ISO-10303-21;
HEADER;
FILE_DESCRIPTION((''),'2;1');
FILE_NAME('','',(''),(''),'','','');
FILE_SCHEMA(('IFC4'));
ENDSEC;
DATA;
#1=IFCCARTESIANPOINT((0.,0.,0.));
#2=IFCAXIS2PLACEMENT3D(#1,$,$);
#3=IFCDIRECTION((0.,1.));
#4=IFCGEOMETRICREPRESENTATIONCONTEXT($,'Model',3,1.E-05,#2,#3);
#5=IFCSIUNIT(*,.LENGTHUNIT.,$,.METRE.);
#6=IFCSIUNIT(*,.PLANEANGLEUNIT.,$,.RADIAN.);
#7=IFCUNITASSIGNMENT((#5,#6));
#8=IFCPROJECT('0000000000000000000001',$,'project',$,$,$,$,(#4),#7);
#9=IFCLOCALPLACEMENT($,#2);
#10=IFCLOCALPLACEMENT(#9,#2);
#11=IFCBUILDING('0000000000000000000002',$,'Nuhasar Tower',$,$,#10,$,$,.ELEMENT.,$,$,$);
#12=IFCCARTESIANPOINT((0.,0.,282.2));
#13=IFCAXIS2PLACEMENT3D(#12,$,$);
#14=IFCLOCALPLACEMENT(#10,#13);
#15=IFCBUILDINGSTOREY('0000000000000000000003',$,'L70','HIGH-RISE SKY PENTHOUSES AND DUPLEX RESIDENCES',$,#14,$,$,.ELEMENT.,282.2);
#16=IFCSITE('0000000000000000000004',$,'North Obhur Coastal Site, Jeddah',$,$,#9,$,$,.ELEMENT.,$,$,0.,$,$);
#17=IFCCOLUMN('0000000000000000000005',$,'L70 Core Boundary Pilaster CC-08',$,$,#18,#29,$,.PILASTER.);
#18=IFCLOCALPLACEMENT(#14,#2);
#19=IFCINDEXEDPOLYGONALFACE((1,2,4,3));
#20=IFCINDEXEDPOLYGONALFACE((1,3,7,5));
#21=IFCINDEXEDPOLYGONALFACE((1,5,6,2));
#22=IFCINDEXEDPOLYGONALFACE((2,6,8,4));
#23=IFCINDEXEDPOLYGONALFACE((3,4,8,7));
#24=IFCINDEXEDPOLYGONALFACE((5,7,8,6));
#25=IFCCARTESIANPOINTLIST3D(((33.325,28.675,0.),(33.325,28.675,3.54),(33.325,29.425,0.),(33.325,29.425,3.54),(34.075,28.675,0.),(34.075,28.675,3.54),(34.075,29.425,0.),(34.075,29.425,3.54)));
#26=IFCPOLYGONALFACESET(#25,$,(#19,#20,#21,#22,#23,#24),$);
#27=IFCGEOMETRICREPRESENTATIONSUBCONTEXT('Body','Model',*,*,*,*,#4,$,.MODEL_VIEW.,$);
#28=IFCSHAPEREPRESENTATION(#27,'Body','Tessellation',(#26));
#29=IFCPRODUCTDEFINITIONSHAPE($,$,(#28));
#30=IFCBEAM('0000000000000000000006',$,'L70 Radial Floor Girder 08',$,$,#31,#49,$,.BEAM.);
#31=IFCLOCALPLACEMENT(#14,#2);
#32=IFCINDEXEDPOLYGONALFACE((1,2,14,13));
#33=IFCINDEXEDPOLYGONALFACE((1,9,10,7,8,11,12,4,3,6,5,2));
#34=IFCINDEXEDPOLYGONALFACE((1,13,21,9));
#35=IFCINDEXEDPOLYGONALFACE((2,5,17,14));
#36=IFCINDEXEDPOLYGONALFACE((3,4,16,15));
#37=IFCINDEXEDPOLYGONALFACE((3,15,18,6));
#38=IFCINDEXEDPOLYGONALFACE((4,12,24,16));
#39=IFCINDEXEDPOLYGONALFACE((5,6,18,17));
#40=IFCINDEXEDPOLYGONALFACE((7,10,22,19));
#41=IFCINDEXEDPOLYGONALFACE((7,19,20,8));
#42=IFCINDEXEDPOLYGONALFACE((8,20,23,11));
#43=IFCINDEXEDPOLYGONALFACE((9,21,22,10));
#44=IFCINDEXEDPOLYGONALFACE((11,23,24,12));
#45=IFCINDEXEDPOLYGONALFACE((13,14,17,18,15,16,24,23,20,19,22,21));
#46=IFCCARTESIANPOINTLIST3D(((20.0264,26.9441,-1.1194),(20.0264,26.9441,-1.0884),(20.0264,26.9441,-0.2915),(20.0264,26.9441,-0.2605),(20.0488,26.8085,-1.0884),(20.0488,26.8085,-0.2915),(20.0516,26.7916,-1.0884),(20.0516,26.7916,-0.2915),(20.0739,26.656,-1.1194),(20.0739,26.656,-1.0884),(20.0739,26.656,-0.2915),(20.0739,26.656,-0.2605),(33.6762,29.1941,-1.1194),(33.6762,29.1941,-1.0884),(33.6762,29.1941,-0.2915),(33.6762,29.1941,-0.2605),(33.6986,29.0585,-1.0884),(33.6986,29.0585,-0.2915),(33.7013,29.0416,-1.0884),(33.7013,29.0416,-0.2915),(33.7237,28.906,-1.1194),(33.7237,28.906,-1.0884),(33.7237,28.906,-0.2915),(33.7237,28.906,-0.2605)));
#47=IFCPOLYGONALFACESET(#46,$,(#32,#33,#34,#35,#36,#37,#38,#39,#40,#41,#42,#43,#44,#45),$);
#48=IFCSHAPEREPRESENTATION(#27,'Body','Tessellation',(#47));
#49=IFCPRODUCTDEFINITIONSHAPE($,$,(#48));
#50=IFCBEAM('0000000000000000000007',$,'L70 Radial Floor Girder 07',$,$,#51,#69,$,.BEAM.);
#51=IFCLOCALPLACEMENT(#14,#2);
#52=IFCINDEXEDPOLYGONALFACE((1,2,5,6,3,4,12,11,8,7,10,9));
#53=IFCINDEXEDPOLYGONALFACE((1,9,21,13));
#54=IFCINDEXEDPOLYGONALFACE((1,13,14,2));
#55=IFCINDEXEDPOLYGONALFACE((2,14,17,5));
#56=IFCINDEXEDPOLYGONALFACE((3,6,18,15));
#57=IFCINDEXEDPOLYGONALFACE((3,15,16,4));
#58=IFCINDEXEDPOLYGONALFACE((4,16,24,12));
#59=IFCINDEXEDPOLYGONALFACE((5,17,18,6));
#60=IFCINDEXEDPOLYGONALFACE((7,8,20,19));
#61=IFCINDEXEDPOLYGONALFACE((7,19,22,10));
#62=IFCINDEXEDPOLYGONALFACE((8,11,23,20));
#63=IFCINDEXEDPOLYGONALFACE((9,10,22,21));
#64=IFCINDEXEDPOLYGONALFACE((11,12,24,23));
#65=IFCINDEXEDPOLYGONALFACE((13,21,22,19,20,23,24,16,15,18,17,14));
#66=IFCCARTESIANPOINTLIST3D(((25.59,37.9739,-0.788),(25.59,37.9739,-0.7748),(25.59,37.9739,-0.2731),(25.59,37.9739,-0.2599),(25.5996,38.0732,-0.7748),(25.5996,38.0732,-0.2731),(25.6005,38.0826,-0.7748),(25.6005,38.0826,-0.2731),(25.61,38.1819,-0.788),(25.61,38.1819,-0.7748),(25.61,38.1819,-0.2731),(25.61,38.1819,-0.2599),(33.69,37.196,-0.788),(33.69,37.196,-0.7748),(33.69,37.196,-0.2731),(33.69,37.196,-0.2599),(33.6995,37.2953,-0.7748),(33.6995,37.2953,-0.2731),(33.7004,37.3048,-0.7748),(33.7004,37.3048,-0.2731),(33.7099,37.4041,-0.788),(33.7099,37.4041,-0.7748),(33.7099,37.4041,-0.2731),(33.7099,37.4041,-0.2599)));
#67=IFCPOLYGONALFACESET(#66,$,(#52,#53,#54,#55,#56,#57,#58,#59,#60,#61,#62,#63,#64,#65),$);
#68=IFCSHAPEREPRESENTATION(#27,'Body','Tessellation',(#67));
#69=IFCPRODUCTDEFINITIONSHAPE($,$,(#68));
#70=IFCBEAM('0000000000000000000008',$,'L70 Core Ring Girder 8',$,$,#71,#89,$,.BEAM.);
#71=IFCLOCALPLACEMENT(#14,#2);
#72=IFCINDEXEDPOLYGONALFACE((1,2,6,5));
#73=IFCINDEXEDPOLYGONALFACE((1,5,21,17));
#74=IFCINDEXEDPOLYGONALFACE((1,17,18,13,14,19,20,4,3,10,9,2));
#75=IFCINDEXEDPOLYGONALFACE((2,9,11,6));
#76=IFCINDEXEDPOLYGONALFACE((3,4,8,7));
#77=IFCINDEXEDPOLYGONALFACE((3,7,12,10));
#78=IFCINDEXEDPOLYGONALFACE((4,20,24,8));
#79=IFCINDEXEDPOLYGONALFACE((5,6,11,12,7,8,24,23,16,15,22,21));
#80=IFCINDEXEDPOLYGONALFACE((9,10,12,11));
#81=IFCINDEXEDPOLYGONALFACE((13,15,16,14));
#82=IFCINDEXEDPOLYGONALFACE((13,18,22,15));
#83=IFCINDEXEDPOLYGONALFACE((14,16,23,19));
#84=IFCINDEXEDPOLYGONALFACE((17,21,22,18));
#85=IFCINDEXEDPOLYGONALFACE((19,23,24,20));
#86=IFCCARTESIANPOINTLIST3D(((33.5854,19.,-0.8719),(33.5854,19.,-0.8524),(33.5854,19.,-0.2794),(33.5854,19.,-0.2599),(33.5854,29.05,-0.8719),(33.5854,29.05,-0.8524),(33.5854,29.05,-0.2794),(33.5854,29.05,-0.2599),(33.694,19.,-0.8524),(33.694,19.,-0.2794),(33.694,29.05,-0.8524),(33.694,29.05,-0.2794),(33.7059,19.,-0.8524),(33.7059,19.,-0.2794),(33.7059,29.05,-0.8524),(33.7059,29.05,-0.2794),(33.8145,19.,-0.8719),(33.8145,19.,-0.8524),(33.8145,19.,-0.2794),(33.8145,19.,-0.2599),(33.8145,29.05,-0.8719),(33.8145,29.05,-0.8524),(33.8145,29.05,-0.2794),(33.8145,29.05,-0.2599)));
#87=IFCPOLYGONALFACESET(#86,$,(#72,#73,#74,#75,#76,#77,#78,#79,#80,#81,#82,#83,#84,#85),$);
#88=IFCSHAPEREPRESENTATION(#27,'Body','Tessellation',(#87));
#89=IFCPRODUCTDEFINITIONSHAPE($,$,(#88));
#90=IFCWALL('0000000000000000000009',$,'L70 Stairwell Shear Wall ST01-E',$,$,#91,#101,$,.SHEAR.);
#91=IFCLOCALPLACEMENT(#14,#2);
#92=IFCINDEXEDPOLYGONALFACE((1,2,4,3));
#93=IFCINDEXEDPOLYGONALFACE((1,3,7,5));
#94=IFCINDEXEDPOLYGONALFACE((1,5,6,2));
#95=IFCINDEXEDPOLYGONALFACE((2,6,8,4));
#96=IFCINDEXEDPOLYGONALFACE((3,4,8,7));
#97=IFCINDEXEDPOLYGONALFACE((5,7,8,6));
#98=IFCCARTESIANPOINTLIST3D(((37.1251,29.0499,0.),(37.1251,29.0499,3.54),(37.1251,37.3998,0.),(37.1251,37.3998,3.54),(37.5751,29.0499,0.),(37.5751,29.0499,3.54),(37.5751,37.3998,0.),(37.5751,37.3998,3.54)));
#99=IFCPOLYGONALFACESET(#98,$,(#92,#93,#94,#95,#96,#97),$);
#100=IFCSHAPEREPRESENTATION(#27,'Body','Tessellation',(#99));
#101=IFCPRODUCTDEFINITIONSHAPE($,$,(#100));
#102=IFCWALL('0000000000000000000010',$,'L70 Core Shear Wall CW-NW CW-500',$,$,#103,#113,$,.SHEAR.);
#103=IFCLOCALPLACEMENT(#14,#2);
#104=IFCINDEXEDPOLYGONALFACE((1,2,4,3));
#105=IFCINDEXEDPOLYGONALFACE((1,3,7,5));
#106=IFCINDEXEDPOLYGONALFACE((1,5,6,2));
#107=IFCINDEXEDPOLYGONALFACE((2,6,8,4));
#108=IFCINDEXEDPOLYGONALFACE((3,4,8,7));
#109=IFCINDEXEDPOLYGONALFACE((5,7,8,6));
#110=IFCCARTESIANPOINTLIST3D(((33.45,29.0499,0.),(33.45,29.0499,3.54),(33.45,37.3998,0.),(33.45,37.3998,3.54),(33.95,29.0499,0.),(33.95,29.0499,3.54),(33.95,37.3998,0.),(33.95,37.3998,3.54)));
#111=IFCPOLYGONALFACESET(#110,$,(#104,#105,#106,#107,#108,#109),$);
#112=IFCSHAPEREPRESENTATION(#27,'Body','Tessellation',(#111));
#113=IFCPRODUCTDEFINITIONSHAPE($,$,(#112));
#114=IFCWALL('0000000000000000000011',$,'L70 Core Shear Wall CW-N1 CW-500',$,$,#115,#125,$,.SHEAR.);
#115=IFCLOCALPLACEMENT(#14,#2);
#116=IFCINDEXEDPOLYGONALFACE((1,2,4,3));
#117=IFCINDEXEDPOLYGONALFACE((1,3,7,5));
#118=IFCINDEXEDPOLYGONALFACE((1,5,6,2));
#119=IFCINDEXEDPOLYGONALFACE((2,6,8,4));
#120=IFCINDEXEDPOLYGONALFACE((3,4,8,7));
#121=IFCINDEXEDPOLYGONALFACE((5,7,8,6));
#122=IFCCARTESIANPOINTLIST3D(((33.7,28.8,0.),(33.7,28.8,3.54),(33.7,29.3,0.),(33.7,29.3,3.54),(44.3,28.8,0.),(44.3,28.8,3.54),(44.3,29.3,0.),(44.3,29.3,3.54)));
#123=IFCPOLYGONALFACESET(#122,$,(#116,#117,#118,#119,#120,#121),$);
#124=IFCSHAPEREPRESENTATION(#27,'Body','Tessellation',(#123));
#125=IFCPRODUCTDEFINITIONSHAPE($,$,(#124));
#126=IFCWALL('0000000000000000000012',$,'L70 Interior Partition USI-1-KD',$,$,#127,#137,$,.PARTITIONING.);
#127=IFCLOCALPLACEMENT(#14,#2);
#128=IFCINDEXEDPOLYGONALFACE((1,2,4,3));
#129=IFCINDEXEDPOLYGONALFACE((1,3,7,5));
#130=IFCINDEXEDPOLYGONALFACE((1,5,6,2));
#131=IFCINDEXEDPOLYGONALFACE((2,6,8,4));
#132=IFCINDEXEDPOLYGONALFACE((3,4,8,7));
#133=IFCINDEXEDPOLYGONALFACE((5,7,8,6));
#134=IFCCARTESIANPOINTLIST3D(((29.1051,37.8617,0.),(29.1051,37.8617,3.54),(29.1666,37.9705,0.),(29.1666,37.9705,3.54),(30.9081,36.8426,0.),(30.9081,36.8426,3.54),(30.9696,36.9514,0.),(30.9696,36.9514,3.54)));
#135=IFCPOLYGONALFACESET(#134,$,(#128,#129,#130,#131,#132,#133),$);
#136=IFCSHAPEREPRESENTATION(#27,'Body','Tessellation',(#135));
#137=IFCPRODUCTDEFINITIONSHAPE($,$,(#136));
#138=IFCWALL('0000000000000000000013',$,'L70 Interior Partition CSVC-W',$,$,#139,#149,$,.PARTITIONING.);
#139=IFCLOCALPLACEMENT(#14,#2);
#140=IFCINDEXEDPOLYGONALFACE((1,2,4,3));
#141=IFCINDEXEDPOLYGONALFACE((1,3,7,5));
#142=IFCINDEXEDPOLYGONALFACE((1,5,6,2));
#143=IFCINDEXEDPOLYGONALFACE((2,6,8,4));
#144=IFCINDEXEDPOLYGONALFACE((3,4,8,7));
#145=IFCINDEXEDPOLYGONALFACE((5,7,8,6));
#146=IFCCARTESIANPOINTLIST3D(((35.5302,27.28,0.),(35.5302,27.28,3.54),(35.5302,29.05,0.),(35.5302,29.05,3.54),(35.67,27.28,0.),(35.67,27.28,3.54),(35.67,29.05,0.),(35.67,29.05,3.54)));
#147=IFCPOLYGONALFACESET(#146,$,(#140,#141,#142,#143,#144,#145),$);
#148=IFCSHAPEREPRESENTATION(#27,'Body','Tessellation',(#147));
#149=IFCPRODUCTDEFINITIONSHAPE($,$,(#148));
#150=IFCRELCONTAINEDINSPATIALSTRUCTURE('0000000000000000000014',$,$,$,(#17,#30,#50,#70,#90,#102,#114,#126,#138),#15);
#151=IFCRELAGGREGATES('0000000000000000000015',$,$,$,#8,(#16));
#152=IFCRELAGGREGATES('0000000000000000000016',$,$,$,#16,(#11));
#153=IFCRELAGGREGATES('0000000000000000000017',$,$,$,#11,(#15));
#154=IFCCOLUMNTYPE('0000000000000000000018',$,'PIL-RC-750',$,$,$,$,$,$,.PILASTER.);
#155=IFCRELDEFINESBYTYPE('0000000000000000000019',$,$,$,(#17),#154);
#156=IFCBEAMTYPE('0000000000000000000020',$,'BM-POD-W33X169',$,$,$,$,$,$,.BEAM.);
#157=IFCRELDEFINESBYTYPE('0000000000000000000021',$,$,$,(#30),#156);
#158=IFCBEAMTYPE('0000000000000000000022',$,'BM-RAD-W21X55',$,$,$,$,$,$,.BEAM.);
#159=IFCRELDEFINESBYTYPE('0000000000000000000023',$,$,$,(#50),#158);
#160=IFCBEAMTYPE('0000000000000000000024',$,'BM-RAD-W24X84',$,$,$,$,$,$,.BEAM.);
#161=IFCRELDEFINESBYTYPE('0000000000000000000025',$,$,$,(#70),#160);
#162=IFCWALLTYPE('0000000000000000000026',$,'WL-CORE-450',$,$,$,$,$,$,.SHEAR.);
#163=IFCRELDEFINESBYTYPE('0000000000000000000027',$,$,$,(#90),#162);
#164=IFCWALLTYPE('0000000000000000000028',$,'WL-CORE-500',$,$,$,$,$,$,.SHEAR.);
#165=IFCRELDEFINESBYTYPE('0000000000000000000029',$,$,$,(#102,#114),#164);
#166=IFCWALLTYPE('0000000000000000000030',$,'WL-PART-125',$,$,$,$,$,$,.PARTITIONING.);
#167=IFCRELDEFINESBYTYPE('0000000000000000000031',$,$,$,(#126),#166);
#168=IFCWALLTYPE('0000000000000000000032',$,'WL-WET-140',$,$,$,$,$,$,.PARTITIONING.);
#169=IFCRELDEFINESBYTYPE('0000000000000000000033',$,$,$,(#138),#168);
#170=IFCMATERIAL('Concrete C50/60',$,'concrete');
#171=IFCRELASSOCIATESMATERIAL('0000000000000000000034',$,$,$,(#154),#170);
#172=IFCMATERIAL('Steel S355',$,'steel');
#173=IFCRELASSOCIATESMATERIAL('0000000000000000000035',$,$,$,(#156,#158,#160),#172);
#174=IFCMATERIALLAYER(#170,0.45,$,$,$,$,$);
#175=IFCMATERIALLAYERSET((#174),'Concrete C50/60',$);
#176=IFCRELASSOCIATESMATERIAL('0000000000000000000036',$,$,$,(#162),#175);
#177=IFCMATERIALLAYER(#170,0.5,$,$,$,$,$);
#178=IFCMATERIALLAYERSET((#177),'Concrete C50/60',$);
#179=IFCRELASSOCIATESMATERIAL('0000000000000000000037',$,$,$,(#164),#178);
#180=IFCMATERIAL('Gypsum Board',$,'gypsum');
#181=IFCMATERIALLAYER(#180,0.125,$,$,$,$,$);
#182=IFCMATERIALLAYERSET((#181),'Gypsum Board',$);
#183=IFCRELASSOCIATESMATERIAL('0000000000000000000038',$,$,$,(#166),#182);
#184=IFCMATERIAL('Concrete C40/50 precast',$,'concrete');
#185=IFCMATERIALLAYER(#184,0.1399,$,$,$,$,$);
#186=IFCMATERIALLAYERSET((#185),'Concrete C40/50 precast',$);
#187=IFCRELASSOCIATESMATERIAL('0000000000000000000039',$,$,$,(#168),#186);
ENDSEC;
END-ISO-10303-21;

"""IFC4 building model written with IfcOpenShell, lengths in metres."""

from ifc_helpers import new_model, si_unit, direction, frame, frame_2d, origin, origin_2d, place, context, subcontext, project, spatial, rectangle, i_section, extrude, material, layer, layer_set, material_profile, profile_set, type_object, element, save


model = new_model("IFC4")

# Units and contexts
model_context = context("Model", 3, precision=1e-05, world=origin(), true_north=direction((0.0, 1.0)))
body_context = subcontext(model_context, "Body", "Model", "MODEL_VIEW")
ifc_project = project(units=[si_unit("LENGTHUNIT", "METRE"), si_unit("PLANEANGLEUNIT", "RADIAN")], contexts=[model_context])

# Site, building, storey
site_placement = place(None, origin())
site = spatial("IfcSite", under=ifc_project, at=site_placement, Name="North Obhur Coastal Site, Jeddah", CompositionType="ELEMENT", RefElevation=0.0)
building_placement = place(site_placement, origin())
building = spatial("IfcBuilding", under=site, at=building_placement, Name="Nuhasar Tower", CompositionType="ELEMENT")
storey_placement = place(building_placement, frame((0.0, 0.0, 282.2)))
storey = spatial("IfcBuildingStorey", under=building, at=storey_placement, Name="L70", Description="HIGH-RISE SKY PENTHOUSES AND DUPLEX RESIDENCES", CompositionType="ELEMENT", Elevation=282.2)

# Column
ifc_material_1 = material(Name="Concrete C50/60", Category="concrete")
ifc_material_profile_1 = material_profile(ifc_material_1, rectangle(XDim=0.75, YDim=0.75, at=origin_2d()), Name="RC750X750")
ifc_profile_set_1 = profile_set([ifc_material_profile_1], Name="Concrete C50/60")
column_type = type_object("IfcColumnType", Name="PIL-RC-750", PredefinedType="PILASTER", material=ifc_profile_set_1)
column_placement = place(storey_placement, frame((33.7, 29.05, 0.0), z_axis=(0.0, 0.0, 1.0), x_axis=(1.0, 0.0, 0.0)))
element("IfcColumn", 1, at=column_placement, inside=storey, type_object=column_type, Name="L70 Core Boundary Pilaster CC-08", PredefinedType="PILASTER", context=body_context, shape_type="SweptSolid", body=[
    extrude(rectangle(XDim=0.75, YDim=0.75, at=origin_2d()), origin(), (0.0, 0.0, 1.0), 3.54),
])

# Beams
ifc_material_2 = material(Name="Steel S355", Category="steel")
ifc_material_profile_2 = material_profile(ifc_material_2, i_section(OverallWidth=0.292, OverallDepth=0.8589, WebThickness=0.0171, FlangeThickness=0.031, at=origin_2d()), Name="W33X169")
ifc_profile_set_2 = profile_set([ifc_material_profile_2], Name="Steel S355")
beam_type_1 = type_object("IfcBeamType", Name="BM-POD-W33X169", PredefinedType="BEAM", material=ifc_profile_set_2)
beam_1_placement = place(storey_placement, frame((33.7, 29.05, -0.6899), z_axis=(-0.986685, -0.162642, 0.0), x_axis=(0.162642, -0.986685, 0.0)))
element("IfcBeam", 2, at=beam_1_placement, inside=storey, type_object=beam_type_1, Name="L70 Radial Floor Girder 08", PredefinedType="BEAM", context=body_context, shape_type="SweptSolid", body=[
    extrude(i_section(OverallWidth=0.292, OverallDepth=0.8589, WebThickness=0.0171, FlangeThickness=0.031, at=origin_2d()), origin(), (0.0, 0.0, 1.0), 13.834),
])
ifc_material_profile_3 = material_profile(ifc_material_2, i_section(OverallWidth=0.209, OverallDepth=0.5281, WebThickness=0.0095, FlangeThickness=0.0132, at=origin_2d()), Name="W21X55")
ifc_profile_set_3 = profile_set([ifc_material_profile_3], Name="Steel S355")
beam_type_2 = type_object("IfcBeamType", Name="BM-RAD-W21X55", PredefinedType="BEAM", material=ifc_profile_set_3)
beam_2_placement = place(storey_placement, frame((33.7, 37.3, -0.5239), z_axis=(-0.995421, 0.095591, 0.0), x_axis=(-0.095591, -0.995421, 0.0)))
element("IfcBeam", 3, at=beam_2_placement, inside=storey, type_object=beam_type_2, Name="L70 Radial Floor Girder 07", PredefinedType="BEAM", context=body_context, shape_type="SweptSolid", body=[
    extrude(i_section(OverallWidth=0.209, OverallDepth=0.5281, WebThickness=0.0095, FlangeThickness=0.0132, at=origin_2d()), origin(), (0.0, 0.0, 1.0), 8.1372),
])
ifc_material_profile_4 = material_profile(ifc_material_2, i_section(OverallWidth=0.229, OverallDepth=0.6121, WebThickness=0.012, FlangeThickness=0.0195, at=origin_2d()), Name="W24X84")
ifc_profile_set_4 = profile_set([ifc_material_profile_4], Name="Steel S355")
beam_type_3 = type_object("IfcBeamType", Name="BM-RAD-W24X84", PredefinedType="BEAM", material=ifc_profile_set_4)
beam_3_placement = place(storey_placement, frame((33.7, 29.05, -0.5659), z_axis=(0.0, -1.0, 0.0), x_axis=(1.0, 0.0, 0.0)))
element("IfcBeam", 4, at=beam_3_placement, inside=storey, type_object=beam_type_3, Name="L70 Core Ring Girder 8", PredefinedType="BEAM", context=body_context, shape_type="SweptSolid", body=[
    extrude(i_section(OverallWidth=0.229, OverallDepth=0.6121, WebThickness=0.012, FlangeThickness=0.0195, at=origin_2d()), origin(), (0.0, 0.0, 1.0), 10.05),
])

# Walls
ifc_layer_1 = layer(ifc_material_1, 0.45)
ifc_layer_set_1 = layer_set([ifc_layer_1], Name="Concrete C50/60")
wall_type_1 = type_object("IfcWallType", Name="WL-CORE-450", PredefinedType="SHEAR", material=ifc_layer_set_1)
wall_1_placement = place(storey_placement, frame((37.3501, 29.05, 0.0), z_axis=(0.0, 0.0, 1.0), x_axis=(0.0, 1.0, 0.0)))
element("IfcWall", 5, at=wall_1_placement, inside=storey, type_object=wall_type_1, Name="L70 Stairwell Shear Wall ST01-E", PredefinedType="SHEAR", context=body_context, shape_type="SweptSolid", body=[
    extrude(rectangle(XDim=8.3499, YDim=0.45, at=frame_2d((4.1748, 0.0))), origin(), (0.0, 0.0, 1.0), 3.54),
])
ifc_layer_2 = layer(ifc_material_1, 0.5)
ifc_layer_set_2 = layer_set([ifc_layer_2], Name="Concrete C50/60")
wall_type_2 = type_object("IfcWallType", Name="WL-CORE-500", PredefinedType="SHEAR", material=ifc_layer_set_2)
wall_2_placement = place(storey_placement, frame((33.7, 29.05, 0.0), z_axis=(0.0, 0.0, 1.0), x_axis=(0.0, 1.0, 0.0)))
element("IfcWall", 6, at=wall_2_placement, inside=storey, type_object=wall_type_2, Name="L70 Core Shear Wall CW-NW CW-500", PredefinedType="SHEAR", context=body_context, shape_type="SweptSolid", body=[
    extrude(rectangle(XDim=8.3499, YDim=0.5, at=frame_2d((4.1748, 0.0))), origin(), (0.0, 0.0, 1.0), 3.54),
])
wall_3_placement = place(storey_placement, frame((33.7, 29.05, 0.0), z_axis=(0.0, 0.0, 1.0), x_axis=(1.0, 0.0, 0.0)))
element("IfcWall", 7, at=wall_3_placement, inside=storey, type_object=wall_type_2, Name="L70 Core Shear Wall CW-N1 CW-500", PredefinedType="SHEAR", context=body_context, shape_type="SweptSolid", body=[
    extrude(rectangle(XDim=10.6001, YDim=0.5, at=frame_2d((5.3, 0.0))), origin(), (0.0, 0.0, 1.0), 3.54),
])
ifc_material_3 = material(Name="Gypsum Board", Category="gypsum")
ifc_layer_3 = layer(ifc_material_3, 0.125)
ifc_layer_set_3 = layer_set([ifc_layer_3], Name="Gypsum Board")
wall_type_3 = type_object("IfcWallType", Name="WL-PART-125", PredefinedType="PARTITIONING", material=ifc_layer_set_3)
wall_4_placement = place(storey_placement, frame((30.939, 36.897, 0.0), z_axis=(0.0, 0.0, 1.0), x_axis=(-0.870569, 0.492046, 0.0)))
element("IfcWall", 8, at=wall_4_placement, inside=storey, type_object=wall_type_3, Name="L70 Interior Partition USI-1-KD", PredefinedType="PARTITIONING", context=body_context, shape_type="SweptSolid", body=[
    extrude(rectangle(XDim=2.071, YDim=0.125, at=frame_2d((1.0356, 0.0))), origin(), (0.0, 0.0, 1.0), 3.54),
])
ifc_material_4 = material(Name="Concrete C40/50 precast", Category="concrete")
ifc_layer_4 = layer(ifc_material_4, 0.1399)
ifc_layer_set_4 = layer_set([ifc_layer_4], Name="Concrete C40/50 precast")
wall_type_4 = type_object("IfcWallType", Name="WL-WET-140", PredefinedType="PARTITIONING", material=ifc_layer_set_4)
wall_5_placement = place(storey_placement, frame((35.6001, 27.28, 0.0), z_axis=(0.0, 0.0, 1.0), x_axis=(0.0, 1.0, 0.0)))
element("IfcWall", 9, at=wall_5_placement, inside=storey, type_object=wall_type_4, Name="L70 Interior Partition CSVC-W", PredefinedType="PARTITIONING", context=body_context, shape_type="SweptSolid", body=[
    extrude(rectangle(XDim=1.77, YDim=0.1399, at=frame_2d((0.885, 0.0))), origin(), (0.0, 0.0, 1.0), 3.54),
])

save(model, "model.ifc")
